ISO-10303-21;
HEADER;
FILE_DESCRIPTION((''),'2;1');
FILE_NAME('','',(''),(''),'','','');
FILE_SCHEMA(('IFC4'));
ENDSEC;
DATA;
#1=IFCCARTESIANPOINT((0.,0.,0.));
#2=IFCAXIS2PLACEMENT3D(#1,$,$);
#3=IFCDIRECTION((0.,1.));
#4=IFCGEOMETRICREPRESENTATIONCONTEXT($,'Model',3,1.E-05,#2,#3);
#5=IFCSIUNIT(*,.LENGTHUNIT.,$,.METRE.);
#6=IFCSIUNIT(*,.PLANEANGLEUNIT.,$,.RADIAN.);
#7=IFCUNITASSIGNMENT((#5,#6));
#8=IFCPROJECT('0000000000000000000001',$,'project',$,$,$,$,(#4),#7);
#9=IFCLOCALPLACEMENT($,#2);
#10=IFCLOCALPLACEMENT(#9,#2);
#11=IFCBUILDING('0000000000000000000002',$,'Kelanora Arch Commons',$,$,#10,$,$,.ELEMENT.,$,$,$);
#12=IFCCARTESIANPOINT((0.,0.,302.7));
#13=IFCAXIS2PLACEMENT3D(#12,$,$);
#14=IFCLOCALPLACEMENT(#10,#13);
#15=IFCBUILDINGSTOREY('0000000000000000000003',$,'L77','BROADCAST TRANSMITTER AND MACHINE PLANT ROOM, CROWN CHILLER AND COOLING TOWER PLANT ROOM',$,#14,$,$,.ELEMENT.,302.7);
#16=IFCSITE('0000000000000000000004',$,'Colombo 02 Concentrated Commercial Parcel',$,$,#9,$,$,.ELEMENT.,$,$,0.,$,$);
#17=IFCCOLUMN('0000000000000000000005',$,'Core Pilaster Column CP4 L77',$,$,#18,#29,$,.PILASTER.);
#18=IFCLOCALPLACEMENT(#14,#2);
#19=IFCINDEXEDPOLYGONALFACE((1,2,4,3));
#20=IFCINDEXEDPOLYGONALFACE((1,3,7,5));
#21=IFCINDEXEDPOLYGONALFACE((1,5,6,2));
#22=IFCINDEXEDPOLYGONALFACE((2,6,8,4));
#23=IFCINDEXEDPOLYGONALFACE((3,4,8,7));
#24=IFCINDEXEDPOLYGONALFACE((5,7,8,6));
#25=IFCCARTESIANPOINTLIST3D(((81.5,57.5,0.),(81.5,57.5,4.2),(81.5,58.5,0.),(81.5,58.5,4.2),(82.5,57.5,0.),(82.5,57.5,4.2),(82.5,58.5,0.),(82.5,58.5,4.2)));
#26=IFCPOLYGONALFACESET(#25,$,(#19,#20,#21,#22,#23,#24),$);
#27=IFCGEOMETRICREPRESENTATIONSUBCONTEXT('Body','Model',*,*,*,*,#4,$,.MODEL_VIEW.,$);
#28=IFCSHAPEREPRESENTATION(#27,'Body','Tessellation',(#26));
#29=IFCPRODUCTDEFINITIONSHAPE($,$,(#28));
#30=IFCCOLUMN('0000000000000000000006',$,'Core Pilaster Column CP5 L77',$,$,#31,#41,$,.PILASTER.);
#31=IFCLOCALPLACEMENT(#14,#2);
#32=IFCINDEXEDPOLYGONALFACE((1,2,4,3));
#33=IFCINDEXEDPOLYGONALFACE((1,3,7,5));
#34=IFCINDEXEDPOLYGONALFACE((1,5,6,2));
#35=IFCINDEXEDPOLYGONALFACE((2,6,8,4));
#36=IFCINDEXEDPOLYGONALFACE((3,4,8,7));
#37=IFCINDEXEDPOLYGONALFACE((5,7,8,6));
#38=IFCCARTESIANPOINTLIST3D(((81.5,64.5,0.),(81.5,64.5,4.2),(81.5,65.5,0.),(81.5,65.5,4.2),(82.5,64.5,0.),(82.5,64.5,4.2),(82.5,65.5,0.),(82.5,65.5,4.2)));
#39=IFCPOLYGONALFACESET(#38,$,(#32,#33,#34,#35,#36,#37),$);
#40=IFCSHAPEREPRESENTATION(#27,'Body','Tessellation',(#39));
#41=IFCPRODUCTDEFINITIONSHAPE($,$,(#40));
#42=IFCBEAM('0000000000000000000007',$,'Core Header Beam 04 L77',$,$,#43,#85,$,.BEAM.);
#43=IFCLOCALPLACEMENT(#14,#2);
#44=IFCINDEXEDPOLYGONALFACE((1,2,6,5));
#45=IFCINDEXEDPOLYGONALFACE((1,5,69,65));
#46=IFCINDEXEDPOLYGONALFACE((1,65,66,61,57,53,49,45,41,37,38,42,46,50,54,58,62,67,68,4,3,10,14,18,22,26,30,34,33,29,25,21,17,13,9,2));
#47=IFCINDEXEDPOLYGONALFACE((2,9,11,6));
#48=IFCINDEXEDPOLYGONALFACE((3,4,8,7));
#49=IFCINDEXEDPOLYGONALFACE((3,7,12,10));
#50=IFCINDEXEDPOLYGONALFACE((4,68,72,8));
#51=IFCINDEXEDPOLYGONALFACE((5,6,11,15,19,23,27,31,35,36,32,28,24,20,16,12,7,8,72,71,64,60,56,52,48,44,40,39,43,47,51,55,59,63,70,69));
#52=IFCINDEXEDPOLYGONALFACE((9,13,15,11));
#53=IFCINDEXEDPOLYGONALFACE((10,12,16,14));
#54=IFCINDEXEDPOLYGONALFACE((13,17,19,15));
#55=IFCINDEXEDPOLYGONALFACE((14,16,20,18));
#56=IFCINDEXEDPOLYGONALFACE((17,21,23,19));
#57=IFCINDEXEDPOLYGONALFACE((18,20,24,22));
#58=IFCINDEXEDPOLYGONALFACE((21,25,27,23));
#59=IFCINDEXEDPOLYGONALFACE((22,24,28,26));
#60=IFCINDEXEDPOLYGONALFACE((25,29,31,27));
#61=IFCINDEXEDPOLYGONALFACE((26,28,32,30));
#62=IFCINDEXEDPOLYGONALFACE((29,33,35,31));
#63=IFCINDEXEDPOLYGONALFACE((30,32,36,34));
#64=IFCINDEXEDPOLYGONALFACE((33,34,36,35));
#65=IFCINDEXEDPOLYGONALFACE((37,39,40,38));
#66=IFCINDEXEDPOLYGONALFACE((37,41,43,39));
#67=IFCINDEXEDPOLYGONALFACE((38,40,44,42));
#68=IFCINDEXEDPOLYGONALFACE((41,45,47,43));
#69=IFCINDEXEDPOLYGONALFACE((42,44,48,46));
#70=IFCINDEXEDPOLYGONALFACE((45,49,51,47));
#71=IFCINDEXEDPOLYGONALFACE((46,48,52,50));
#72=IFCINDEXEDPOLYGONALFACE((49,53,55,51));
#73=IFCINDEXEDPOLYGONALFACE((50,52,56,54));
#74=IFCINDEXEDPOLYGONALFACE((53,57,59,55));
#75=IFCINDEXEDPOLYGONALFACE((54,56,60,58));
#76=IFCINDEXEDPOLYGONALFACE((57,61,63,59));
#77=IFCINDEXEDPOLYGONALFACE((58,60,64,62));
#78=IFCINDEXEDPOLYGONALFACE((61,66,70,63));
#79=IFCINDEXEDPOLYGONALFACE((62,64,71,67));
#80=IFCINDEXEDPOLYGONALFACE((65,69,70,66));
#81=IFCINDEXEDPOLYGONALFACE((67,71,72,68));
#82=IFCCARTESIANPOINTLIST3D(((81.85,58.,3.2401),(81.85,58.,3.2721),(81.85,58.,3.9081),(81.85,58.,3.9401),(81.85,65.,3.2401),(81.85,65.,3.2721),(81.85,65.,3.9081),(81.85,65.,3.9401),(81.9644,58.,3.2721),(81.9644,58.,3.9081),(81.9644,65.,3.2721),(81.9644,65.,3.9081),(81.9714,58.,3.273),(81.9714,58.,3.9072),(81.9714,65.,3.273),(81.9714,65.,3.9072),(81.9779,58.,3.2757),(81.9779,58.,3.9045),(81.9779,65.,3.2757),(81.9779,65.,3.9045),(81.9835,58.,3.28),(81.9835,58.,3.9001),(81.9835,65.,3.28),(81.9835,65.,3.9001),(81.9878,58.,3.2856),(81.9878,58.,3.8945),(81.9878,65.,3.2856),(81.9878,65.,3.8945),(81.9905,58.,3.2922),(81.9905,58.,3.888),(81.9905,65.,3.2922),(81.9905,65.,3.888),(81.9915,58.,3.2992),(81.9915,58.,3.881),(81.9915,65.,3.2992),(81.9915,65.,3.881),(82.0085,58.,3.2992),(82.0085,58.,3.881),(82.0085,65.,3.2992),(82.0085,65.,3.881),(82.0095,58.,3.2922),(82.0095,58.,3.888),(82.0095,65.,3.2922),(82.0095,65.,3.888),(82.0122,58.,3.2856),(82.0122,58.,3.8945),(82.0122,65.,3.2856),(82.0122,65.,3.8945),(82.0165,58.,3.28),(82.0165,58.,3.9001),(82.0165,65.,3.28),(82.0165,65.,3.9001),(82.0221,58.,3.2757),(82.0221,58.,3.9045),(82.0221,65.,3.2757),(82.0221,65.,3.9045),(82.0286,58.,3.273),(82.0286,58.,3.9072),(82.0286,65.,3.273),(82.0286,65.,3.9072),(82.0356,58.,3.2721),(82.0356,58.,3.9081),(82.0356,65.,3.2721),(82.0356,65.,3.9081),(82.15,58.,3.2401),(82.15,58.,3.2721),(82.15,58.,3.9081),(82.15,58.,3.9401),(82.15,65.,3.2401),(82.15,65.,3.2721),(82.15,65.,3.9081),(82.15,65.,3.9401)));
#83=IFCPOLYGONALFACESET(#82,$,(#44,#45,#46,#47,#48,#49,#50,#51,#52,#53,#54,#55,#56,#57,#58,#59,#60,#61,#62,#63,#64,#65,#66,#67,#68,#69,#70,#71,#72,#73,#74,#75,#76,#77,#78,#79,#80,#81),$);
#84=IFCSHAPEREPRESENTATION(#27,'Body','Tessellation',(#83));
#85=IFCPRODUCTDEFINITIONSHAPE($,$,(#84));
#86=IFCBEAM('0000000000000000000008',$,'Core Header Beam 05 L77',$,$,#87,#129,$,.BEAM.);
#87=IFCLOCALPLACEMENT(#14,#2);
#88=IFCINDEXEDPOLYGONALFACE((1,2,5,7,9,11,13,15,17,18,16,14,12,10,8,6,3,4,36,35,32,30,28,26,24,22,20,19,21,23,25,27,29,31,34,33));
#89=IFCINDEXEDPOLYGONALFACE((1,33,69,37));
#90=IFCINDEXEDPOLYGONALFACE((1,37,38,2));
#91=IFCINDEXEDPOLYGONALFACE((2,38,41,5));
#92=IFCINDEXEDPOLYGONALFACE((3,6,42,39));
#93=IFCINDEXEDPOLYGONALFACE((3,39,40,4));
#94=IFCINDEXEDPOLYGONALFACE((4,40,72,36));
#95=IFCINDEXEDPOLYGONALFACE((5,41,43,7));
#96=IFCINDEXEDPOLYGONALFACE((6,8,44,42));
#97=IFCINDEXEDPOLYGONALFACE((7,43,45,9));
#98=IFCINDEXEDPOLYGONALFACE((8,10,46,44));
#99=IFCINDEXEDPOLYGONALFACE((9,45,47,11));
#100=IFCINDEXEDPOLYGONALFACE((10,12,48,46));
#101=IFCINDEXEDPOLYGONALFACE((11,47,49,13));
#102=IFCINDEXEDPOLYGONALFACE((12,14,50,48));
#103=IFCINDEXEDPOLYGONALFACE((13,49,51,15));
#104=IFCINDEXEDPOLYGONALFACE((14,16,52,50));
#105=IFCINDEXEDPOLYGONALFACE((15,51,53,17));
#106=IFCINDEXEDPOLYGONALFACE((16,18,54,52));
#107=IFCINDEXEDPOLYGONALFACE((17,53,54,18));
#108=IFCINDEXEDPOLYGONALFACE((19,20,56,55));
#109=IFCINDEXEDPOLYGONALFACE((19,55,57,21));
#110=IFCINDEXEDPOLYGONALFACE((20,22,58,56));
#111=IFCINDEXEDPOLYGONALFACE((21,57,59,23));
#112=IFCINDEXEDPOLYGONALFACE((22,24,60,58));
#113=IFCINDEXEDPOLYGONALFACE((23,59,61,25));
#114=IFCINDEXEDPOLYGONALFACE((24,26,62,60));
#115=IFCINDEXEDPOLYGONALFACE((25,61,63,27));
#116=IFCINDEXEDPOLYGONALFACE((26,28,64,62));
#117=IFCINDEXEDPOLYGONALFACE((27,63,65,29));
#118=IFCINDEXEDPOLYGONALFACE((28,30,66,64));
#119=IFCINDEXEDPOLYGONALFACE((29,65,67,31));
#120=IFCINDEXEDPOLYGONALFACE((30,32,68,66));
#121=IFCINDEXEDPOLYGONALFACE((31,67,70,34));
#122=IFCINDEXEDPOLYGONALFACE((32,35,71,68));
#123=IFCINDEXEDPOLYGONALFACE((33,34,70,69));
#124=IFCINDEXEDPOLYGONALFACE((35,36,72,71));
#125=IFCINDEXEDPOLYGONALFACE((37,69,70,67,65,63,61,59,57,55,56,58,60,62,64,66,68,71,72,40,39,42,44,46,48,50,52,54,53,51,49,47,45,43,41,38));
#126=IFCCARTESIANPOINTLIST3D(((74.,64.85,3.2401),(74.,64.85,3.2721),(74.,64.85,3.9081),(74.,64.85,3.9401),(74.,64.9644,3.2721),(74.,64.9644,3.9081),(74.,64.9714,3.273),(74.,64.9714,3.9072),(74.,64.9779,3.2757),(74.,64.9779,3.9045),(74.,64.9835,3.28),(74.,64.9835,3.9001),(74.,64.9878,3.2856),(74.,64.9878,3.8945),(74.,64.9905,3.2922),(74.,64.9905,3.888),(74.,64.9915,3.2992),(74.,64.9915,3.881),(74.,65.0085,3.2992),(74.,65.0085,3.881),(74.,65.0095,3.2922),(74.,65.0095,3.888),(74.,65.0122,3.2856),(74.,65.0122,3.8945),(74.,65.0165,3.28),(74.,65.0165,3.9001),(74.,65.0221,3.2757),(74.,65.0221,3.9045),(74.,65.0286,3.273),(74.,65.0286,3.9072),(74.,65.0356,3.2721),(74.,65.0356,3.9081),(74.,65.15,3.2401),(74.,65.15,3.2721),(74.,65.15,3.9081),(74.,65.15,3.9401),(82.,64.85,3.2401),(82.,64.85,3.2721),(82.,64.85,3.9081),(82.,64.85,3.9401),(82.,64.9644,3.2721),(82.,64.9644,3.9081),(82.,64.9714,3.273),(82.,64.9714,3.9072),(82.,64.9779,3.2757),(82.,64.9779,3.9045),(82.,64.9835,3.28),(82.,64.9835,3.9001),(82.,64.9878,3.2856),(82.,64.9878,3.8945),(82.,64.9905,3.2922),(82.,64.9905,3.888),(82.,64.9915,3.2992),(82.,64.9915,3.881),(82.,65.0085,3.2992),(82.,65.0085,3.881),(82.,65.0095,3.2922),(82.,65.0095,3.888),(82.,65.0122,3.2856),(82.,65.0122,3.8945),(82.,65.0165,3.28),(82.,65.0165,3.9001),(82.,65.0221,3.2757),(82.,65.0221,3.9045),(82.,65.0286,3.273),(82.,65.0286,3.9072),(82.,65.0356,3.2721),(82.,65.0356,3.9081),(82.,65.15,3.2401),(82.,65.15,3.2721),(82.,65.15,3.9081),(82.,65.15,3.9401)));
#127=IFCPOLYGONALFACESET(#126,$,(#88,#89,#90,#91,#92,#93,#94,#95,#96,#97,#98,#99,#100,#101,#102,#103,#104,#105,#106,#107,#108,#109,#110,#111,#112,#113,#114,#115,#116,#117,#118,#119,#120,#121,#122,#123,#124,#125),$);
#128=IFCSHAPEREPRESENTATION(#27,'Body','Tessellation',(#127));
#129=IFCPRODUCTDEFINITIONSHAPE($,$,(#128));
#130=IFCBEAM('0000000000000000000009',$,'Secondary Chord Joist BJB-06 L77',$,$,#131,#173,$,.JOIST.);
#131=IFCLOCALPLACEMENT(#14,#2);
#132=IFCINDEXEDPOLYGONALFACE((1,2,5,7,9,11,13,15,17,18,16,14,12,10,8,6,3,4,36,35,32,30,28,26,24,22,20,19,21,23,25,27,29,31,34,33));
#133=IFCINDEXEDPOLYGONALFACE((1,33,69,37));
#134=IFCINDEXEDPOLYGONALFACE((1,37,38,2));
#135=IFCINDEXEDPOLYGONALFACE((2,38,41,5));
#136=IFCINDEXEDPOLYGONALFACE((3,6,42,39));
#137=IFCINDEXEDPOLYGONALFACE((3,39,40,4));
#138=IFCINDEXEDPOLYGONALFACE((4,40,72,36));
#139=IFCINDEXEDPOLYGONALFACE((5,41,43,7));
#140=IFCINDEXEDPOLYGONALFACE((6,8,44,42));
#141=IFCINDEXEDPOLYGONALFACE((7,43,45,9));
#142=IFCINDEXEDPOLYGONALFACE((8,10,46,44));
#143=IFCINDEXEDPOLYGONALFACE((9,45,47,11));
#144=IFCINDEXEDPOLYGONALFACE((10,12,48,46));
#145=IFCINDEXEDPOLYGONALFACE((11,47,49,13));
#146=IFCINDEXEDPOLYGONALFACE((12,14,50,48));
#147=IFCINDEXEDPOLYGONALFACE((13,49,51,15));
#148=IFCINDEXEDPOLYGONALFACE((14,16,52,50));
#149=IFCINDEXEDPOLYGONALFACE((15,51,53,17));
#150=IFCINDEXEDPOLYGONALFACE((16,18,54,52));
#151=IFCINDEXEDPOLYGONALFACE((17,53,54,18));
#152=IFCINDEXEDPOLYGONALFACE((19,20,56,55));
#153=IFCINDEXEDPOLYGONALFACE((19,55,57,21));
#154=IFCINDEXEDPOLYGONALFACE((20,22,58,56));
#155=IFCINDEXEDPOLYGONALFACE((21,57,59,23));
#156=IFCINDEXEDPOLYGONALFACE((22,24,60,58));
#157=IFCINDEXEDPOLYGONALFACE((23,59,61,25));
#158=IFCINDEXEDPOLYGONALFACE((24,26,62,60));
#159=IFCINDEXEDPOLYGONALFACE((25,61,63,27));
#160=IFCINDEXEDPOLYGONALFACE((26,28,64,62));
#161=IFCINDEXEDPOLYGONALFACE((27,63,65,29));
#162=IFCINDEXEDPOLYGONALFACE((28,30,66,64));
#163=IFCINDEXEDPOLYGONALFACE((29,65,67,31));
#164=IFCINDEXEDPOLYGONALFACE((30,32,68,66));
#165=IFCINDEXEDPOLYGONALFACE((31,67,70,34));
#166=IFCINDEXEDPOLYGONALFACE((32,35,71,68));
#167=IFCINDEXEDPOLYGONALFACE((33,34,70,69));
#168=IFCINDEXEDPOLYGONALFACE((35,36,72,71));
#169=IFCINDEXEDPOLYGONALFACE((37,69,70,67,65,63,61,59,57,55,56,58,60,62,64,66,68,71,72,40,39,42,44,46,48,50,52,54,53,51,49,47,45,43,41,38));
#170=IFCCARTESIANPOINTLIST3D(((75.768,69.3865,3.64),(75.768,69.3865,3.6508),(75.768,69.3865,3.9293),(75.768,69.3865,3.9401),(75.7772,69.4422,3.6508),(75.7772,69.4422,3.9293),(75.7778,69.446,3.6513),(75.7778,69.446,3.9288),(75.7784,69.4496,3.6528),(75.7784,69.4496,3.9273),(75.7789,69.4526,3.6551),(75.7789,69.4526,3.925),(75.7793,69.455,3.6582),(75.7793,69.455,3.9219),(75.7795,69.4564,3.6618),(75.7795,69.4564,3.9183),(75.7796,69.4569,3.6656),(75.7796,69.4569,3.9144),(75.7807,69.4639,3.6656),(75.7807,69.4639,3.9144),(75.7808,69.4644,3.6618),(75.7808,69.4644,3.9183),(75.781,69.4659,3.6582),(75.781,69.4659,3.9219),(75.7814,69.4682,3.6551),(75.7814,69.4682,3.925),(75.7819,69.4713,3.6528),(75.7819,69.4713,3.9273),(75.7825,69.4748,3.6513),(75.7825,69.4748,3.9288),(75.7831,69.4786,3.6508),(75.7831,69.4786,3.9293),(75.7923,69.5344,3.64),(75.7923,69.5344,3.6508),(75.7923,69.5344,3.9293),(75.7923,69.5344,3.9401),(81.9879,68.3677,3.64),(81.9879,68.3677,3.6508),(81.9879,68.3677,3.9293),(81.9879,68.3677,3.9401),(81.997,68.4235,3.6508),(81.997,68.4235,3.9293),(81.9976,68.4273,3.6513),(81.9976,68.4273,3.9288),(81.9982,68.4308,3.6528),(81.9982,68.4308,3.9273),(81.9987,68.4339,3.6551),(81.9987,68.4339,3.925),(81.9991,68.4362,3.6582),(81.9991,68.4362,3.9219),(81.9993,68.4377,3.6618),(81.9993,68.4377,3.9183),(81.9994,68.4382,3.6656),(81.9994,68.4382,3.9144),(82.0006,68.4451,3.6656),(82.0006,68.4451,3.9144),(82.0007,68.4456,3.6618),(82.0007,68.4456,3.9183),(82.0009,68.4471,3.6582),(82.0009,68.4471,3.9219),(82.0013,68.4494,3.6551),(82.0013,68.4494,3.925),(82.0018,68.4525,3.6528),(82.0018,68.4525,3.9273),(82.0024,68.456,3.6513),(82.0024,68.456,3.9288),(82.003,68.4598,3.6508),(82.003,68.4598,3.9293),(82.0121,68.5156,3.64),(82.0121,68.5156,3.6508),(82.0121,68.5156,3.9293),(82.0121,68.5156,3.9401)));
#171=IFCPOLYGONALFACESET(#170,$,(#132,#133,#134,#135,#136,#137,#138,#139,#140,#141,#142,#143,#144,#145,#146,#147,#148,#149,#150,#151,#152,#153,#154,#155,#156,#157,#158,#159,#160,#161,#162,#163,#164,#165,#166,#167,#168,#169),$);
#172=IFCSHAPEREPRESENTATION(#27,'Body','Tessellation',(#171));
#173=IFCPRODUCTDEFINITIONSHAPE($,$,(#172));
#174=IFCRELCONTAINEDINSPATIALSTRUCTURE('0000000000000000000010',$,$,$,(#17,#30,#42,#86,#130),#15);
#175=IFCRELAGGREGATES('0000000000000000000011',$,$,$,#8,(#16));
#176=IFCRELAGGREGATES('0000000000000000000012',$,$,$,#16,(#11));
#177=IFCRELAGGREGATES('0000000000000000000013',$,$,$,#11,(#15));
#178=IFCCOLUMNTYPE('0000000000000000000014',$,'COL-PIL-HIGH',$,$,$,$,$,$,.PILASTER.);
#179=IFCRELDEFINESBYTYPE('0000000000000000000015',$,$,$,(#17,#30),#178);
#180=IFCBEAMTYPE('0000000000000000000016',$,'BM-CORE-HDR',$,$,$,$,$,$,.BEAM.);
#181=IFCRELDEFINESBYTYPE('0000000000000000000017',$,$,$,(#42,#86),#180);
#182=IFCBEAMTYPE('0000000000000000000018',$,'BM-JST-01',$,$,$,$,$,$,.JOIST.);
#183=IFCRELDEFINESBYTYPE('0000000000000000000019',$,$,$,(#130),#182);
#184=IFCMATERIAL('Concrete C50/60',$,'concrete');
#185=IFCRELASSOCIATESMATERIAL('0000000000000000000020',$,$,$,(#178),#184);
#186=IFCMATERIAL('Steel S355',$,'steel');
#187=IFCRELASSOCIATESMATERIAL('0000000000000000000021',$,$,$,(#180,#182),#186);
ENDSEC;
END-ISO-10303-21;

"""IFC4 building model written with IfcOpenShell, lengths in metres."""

from ifc_helpers import new_model, si_unit, direction, frame, origin, origin_2d, place, context, subcontext, project, spatial, rectangle, i_section, extrude, material, material_profile, profile_set, type_object, element, save


model = new_model("IFC4")

# Units and contexts
model_context = context("Model", 3, precision=1e-05, world=origin(), true_north=direction((0.0, 1.0)))
body_context = subcontext(model_context, "Body", "Model", "MODEL_VIEW")
ifc_project = project(units=[si_unit("LENGTHUNIT", "METRE"), si_unit("PLANEANGLEUNIT", "RADIAN")], contexts=[model_context])

# Site, building, storey
site_placement = place(None, origin())
site = spatial("IfcSite", under=ifc_project, at=site_placement, Name="Colombo 02 Concentrated Commercial Parcel", CompositionType="ELEMENT", RefElevation=0.0)
building_placement = place(site_placement, origin())
building = spatial("IfcBuilding", under=site, at=building_placement, Name="Kelanora Arch Commons", CompositionType="ELEMENT")
storey_placement = place(building_placement, frame((0.0, 0.0, 302.7)))
storey = spatial("IfcBuildingStorey", under=building, at=storey_placement, Name="L77", Description="BROADCAST TRANSMITTER AND MACHINE PLANT ROOM, CROWN CHILLER AND COOLING TOWER PLANT ROOM", CompositionType="ELEMENT", Elevation=302.7)

# Columns
ifc_material_1 = material(Name="Concrete C50/60", Category="concrete")
ifc_material_profile_1 = material_profile(ifc_material_1, rectangle(XDim=1.0, YDim=1.0, at=origin_2d()), Name="RC1000x1000")
ifc_profile_set_1 = profile_set([ifc_material_profile_1], Name="Concrete C50/60")
column_type = type_object("IfcColumnType", Name="COL-PIL-HIGH", PredefinedType="PILASTER", material=ifc_profile_set_1)
for number, where, z_axis, x_axis, name in (
    (1, (82.0, 58.0, 0.0), (0.0, 0.0, 1.0), (1.0, 0.0, 0.0), "Core Pilaster Column CP4 L77"),
    (2, (82.0, 65.0, 0.0), (0.0, 0.0, 1.0), (1.0, 0.0, 0.0), "Core Pilaster Column CP5 L77"),
):
    element("IfcColumn", number, at=place(storey_placement, frame(where, z_axis=z_axis, x_axis=x_axis)), inside=storey, type_object=column_type, Name=name, PredefinedType="PILASTER", context=body_context, shape_type="SweptSolid", body=[
        extrude(rectangle(XDim=1.0, YDim=1.0, at=origin_2d()), origin(), (0.0, 0.0, 1.0), 4.2),
    ])

# Beams
ifc_material_2 = material(Name="Steel S355", Category="steel")
ifc_material_profile_2 = material_profile(ifc_material_2, i_section(OverallWidth=0.3, OverallDepth=0.7, WebThickness=0.0171, FlangeThickness=0.032, FilletRadius=0.0271, at=origin_2d()), Name="HEB700")
ifc_profile_set_2 = profile_set([ifc_material_profile_2], Name="Steel S355")
beam_type_1 = type_object("IfcBeamType", Name="BM-CORE-HDR", PredefinedType="BEAM", material=ifc_profile_set_2)
beam_1_placement = place(storey_placement, frame((82.0, 58.0, 3.5901), z_axis=(0.0, 1.0, 0.0), x_axis=(-1.0, 0.0, 0.0)))
element("IfcBeam", 3, at=beam_1_placement, inside=storey, type_object=beam_type_1, Name="Core Header Beam 04 L77", PredefinedType="BEAM", context=body_context, shape_type="SweptSolid", body=[
    extrude(i_section(OverallWidth=0.3, OverallDepth=0.7, WebThickness=0.0171, FlangeThickness=0.032, FilletRadius=0.0271, at=origin_2d()), origin(), (0.0, 0.0, 1.0), 7.0),
])
beam_2_placement = place(storey_placement, frame((82.0, 65.0, 3.5901), z_axis=(-1.0, 0.0, 0.0), x_axis=(0.0, -1.0, 0.0)))
element("IfcBeam", 4, at=beam_2_placement, inside=storey, type_object=beam_type_1, Name="Core Header Beam 05 L77", PredefinedType="BEAM", context=body_context, shape_type="SweptSolid", body=[
    extrude(i_section(OverallWidth=0.3, OverallDepth=0.7, WebThickness=0.0171, FlangeThickness=0.032, FilletRadius=0.0271, at=origin_2d()), origin(), (0.0, 0.0, 1.0), 8.0),
])
ifc_material_profile_3 = material_profile(ifc_material_2, i_section(OverallWidth=0.1499, OverallDepth=0.3, WebThickness=0.0071, FlangeThickness=0.0107, FilletRadius=0.0149, at=origin_2d()), Name="IPE300")
ifc_profile_set_3 = profile_set([ifc_material_profile_3], Name="Steel S355")
beam_type_2 = type_object("IfcBeamType", Name="BM-JST-01", PredefinedType="JOIST", material=ifc_profile_set_3)
beam_3_placement = place(storey_placement, frame((82.0, 68.4417, 3.79), z_axis=(-0.98685, 0.161641, 0.0), x_axis=(-0.161641, -0.98685, 0.0)))
element("IfcBeam", 5, at=beam_3_placement, inside=storey, type_object=beam_type_2, Name="Secondary Chord Joist BJB-06 L77", PredefinedType="JOIST", context=body_context, shape_type="SweptSolid", body=[
    extrude(i_section(OverallWidth=0.1499, OverallDepth=0.3, WebThickness=0.0071, FlangeThickness=0.0107, FilletRadius=0.0149, at=origin_2d()), origin(), (0.0, 0.0, 1.0), 6.3027),
])

save(model, "model.ifc")
